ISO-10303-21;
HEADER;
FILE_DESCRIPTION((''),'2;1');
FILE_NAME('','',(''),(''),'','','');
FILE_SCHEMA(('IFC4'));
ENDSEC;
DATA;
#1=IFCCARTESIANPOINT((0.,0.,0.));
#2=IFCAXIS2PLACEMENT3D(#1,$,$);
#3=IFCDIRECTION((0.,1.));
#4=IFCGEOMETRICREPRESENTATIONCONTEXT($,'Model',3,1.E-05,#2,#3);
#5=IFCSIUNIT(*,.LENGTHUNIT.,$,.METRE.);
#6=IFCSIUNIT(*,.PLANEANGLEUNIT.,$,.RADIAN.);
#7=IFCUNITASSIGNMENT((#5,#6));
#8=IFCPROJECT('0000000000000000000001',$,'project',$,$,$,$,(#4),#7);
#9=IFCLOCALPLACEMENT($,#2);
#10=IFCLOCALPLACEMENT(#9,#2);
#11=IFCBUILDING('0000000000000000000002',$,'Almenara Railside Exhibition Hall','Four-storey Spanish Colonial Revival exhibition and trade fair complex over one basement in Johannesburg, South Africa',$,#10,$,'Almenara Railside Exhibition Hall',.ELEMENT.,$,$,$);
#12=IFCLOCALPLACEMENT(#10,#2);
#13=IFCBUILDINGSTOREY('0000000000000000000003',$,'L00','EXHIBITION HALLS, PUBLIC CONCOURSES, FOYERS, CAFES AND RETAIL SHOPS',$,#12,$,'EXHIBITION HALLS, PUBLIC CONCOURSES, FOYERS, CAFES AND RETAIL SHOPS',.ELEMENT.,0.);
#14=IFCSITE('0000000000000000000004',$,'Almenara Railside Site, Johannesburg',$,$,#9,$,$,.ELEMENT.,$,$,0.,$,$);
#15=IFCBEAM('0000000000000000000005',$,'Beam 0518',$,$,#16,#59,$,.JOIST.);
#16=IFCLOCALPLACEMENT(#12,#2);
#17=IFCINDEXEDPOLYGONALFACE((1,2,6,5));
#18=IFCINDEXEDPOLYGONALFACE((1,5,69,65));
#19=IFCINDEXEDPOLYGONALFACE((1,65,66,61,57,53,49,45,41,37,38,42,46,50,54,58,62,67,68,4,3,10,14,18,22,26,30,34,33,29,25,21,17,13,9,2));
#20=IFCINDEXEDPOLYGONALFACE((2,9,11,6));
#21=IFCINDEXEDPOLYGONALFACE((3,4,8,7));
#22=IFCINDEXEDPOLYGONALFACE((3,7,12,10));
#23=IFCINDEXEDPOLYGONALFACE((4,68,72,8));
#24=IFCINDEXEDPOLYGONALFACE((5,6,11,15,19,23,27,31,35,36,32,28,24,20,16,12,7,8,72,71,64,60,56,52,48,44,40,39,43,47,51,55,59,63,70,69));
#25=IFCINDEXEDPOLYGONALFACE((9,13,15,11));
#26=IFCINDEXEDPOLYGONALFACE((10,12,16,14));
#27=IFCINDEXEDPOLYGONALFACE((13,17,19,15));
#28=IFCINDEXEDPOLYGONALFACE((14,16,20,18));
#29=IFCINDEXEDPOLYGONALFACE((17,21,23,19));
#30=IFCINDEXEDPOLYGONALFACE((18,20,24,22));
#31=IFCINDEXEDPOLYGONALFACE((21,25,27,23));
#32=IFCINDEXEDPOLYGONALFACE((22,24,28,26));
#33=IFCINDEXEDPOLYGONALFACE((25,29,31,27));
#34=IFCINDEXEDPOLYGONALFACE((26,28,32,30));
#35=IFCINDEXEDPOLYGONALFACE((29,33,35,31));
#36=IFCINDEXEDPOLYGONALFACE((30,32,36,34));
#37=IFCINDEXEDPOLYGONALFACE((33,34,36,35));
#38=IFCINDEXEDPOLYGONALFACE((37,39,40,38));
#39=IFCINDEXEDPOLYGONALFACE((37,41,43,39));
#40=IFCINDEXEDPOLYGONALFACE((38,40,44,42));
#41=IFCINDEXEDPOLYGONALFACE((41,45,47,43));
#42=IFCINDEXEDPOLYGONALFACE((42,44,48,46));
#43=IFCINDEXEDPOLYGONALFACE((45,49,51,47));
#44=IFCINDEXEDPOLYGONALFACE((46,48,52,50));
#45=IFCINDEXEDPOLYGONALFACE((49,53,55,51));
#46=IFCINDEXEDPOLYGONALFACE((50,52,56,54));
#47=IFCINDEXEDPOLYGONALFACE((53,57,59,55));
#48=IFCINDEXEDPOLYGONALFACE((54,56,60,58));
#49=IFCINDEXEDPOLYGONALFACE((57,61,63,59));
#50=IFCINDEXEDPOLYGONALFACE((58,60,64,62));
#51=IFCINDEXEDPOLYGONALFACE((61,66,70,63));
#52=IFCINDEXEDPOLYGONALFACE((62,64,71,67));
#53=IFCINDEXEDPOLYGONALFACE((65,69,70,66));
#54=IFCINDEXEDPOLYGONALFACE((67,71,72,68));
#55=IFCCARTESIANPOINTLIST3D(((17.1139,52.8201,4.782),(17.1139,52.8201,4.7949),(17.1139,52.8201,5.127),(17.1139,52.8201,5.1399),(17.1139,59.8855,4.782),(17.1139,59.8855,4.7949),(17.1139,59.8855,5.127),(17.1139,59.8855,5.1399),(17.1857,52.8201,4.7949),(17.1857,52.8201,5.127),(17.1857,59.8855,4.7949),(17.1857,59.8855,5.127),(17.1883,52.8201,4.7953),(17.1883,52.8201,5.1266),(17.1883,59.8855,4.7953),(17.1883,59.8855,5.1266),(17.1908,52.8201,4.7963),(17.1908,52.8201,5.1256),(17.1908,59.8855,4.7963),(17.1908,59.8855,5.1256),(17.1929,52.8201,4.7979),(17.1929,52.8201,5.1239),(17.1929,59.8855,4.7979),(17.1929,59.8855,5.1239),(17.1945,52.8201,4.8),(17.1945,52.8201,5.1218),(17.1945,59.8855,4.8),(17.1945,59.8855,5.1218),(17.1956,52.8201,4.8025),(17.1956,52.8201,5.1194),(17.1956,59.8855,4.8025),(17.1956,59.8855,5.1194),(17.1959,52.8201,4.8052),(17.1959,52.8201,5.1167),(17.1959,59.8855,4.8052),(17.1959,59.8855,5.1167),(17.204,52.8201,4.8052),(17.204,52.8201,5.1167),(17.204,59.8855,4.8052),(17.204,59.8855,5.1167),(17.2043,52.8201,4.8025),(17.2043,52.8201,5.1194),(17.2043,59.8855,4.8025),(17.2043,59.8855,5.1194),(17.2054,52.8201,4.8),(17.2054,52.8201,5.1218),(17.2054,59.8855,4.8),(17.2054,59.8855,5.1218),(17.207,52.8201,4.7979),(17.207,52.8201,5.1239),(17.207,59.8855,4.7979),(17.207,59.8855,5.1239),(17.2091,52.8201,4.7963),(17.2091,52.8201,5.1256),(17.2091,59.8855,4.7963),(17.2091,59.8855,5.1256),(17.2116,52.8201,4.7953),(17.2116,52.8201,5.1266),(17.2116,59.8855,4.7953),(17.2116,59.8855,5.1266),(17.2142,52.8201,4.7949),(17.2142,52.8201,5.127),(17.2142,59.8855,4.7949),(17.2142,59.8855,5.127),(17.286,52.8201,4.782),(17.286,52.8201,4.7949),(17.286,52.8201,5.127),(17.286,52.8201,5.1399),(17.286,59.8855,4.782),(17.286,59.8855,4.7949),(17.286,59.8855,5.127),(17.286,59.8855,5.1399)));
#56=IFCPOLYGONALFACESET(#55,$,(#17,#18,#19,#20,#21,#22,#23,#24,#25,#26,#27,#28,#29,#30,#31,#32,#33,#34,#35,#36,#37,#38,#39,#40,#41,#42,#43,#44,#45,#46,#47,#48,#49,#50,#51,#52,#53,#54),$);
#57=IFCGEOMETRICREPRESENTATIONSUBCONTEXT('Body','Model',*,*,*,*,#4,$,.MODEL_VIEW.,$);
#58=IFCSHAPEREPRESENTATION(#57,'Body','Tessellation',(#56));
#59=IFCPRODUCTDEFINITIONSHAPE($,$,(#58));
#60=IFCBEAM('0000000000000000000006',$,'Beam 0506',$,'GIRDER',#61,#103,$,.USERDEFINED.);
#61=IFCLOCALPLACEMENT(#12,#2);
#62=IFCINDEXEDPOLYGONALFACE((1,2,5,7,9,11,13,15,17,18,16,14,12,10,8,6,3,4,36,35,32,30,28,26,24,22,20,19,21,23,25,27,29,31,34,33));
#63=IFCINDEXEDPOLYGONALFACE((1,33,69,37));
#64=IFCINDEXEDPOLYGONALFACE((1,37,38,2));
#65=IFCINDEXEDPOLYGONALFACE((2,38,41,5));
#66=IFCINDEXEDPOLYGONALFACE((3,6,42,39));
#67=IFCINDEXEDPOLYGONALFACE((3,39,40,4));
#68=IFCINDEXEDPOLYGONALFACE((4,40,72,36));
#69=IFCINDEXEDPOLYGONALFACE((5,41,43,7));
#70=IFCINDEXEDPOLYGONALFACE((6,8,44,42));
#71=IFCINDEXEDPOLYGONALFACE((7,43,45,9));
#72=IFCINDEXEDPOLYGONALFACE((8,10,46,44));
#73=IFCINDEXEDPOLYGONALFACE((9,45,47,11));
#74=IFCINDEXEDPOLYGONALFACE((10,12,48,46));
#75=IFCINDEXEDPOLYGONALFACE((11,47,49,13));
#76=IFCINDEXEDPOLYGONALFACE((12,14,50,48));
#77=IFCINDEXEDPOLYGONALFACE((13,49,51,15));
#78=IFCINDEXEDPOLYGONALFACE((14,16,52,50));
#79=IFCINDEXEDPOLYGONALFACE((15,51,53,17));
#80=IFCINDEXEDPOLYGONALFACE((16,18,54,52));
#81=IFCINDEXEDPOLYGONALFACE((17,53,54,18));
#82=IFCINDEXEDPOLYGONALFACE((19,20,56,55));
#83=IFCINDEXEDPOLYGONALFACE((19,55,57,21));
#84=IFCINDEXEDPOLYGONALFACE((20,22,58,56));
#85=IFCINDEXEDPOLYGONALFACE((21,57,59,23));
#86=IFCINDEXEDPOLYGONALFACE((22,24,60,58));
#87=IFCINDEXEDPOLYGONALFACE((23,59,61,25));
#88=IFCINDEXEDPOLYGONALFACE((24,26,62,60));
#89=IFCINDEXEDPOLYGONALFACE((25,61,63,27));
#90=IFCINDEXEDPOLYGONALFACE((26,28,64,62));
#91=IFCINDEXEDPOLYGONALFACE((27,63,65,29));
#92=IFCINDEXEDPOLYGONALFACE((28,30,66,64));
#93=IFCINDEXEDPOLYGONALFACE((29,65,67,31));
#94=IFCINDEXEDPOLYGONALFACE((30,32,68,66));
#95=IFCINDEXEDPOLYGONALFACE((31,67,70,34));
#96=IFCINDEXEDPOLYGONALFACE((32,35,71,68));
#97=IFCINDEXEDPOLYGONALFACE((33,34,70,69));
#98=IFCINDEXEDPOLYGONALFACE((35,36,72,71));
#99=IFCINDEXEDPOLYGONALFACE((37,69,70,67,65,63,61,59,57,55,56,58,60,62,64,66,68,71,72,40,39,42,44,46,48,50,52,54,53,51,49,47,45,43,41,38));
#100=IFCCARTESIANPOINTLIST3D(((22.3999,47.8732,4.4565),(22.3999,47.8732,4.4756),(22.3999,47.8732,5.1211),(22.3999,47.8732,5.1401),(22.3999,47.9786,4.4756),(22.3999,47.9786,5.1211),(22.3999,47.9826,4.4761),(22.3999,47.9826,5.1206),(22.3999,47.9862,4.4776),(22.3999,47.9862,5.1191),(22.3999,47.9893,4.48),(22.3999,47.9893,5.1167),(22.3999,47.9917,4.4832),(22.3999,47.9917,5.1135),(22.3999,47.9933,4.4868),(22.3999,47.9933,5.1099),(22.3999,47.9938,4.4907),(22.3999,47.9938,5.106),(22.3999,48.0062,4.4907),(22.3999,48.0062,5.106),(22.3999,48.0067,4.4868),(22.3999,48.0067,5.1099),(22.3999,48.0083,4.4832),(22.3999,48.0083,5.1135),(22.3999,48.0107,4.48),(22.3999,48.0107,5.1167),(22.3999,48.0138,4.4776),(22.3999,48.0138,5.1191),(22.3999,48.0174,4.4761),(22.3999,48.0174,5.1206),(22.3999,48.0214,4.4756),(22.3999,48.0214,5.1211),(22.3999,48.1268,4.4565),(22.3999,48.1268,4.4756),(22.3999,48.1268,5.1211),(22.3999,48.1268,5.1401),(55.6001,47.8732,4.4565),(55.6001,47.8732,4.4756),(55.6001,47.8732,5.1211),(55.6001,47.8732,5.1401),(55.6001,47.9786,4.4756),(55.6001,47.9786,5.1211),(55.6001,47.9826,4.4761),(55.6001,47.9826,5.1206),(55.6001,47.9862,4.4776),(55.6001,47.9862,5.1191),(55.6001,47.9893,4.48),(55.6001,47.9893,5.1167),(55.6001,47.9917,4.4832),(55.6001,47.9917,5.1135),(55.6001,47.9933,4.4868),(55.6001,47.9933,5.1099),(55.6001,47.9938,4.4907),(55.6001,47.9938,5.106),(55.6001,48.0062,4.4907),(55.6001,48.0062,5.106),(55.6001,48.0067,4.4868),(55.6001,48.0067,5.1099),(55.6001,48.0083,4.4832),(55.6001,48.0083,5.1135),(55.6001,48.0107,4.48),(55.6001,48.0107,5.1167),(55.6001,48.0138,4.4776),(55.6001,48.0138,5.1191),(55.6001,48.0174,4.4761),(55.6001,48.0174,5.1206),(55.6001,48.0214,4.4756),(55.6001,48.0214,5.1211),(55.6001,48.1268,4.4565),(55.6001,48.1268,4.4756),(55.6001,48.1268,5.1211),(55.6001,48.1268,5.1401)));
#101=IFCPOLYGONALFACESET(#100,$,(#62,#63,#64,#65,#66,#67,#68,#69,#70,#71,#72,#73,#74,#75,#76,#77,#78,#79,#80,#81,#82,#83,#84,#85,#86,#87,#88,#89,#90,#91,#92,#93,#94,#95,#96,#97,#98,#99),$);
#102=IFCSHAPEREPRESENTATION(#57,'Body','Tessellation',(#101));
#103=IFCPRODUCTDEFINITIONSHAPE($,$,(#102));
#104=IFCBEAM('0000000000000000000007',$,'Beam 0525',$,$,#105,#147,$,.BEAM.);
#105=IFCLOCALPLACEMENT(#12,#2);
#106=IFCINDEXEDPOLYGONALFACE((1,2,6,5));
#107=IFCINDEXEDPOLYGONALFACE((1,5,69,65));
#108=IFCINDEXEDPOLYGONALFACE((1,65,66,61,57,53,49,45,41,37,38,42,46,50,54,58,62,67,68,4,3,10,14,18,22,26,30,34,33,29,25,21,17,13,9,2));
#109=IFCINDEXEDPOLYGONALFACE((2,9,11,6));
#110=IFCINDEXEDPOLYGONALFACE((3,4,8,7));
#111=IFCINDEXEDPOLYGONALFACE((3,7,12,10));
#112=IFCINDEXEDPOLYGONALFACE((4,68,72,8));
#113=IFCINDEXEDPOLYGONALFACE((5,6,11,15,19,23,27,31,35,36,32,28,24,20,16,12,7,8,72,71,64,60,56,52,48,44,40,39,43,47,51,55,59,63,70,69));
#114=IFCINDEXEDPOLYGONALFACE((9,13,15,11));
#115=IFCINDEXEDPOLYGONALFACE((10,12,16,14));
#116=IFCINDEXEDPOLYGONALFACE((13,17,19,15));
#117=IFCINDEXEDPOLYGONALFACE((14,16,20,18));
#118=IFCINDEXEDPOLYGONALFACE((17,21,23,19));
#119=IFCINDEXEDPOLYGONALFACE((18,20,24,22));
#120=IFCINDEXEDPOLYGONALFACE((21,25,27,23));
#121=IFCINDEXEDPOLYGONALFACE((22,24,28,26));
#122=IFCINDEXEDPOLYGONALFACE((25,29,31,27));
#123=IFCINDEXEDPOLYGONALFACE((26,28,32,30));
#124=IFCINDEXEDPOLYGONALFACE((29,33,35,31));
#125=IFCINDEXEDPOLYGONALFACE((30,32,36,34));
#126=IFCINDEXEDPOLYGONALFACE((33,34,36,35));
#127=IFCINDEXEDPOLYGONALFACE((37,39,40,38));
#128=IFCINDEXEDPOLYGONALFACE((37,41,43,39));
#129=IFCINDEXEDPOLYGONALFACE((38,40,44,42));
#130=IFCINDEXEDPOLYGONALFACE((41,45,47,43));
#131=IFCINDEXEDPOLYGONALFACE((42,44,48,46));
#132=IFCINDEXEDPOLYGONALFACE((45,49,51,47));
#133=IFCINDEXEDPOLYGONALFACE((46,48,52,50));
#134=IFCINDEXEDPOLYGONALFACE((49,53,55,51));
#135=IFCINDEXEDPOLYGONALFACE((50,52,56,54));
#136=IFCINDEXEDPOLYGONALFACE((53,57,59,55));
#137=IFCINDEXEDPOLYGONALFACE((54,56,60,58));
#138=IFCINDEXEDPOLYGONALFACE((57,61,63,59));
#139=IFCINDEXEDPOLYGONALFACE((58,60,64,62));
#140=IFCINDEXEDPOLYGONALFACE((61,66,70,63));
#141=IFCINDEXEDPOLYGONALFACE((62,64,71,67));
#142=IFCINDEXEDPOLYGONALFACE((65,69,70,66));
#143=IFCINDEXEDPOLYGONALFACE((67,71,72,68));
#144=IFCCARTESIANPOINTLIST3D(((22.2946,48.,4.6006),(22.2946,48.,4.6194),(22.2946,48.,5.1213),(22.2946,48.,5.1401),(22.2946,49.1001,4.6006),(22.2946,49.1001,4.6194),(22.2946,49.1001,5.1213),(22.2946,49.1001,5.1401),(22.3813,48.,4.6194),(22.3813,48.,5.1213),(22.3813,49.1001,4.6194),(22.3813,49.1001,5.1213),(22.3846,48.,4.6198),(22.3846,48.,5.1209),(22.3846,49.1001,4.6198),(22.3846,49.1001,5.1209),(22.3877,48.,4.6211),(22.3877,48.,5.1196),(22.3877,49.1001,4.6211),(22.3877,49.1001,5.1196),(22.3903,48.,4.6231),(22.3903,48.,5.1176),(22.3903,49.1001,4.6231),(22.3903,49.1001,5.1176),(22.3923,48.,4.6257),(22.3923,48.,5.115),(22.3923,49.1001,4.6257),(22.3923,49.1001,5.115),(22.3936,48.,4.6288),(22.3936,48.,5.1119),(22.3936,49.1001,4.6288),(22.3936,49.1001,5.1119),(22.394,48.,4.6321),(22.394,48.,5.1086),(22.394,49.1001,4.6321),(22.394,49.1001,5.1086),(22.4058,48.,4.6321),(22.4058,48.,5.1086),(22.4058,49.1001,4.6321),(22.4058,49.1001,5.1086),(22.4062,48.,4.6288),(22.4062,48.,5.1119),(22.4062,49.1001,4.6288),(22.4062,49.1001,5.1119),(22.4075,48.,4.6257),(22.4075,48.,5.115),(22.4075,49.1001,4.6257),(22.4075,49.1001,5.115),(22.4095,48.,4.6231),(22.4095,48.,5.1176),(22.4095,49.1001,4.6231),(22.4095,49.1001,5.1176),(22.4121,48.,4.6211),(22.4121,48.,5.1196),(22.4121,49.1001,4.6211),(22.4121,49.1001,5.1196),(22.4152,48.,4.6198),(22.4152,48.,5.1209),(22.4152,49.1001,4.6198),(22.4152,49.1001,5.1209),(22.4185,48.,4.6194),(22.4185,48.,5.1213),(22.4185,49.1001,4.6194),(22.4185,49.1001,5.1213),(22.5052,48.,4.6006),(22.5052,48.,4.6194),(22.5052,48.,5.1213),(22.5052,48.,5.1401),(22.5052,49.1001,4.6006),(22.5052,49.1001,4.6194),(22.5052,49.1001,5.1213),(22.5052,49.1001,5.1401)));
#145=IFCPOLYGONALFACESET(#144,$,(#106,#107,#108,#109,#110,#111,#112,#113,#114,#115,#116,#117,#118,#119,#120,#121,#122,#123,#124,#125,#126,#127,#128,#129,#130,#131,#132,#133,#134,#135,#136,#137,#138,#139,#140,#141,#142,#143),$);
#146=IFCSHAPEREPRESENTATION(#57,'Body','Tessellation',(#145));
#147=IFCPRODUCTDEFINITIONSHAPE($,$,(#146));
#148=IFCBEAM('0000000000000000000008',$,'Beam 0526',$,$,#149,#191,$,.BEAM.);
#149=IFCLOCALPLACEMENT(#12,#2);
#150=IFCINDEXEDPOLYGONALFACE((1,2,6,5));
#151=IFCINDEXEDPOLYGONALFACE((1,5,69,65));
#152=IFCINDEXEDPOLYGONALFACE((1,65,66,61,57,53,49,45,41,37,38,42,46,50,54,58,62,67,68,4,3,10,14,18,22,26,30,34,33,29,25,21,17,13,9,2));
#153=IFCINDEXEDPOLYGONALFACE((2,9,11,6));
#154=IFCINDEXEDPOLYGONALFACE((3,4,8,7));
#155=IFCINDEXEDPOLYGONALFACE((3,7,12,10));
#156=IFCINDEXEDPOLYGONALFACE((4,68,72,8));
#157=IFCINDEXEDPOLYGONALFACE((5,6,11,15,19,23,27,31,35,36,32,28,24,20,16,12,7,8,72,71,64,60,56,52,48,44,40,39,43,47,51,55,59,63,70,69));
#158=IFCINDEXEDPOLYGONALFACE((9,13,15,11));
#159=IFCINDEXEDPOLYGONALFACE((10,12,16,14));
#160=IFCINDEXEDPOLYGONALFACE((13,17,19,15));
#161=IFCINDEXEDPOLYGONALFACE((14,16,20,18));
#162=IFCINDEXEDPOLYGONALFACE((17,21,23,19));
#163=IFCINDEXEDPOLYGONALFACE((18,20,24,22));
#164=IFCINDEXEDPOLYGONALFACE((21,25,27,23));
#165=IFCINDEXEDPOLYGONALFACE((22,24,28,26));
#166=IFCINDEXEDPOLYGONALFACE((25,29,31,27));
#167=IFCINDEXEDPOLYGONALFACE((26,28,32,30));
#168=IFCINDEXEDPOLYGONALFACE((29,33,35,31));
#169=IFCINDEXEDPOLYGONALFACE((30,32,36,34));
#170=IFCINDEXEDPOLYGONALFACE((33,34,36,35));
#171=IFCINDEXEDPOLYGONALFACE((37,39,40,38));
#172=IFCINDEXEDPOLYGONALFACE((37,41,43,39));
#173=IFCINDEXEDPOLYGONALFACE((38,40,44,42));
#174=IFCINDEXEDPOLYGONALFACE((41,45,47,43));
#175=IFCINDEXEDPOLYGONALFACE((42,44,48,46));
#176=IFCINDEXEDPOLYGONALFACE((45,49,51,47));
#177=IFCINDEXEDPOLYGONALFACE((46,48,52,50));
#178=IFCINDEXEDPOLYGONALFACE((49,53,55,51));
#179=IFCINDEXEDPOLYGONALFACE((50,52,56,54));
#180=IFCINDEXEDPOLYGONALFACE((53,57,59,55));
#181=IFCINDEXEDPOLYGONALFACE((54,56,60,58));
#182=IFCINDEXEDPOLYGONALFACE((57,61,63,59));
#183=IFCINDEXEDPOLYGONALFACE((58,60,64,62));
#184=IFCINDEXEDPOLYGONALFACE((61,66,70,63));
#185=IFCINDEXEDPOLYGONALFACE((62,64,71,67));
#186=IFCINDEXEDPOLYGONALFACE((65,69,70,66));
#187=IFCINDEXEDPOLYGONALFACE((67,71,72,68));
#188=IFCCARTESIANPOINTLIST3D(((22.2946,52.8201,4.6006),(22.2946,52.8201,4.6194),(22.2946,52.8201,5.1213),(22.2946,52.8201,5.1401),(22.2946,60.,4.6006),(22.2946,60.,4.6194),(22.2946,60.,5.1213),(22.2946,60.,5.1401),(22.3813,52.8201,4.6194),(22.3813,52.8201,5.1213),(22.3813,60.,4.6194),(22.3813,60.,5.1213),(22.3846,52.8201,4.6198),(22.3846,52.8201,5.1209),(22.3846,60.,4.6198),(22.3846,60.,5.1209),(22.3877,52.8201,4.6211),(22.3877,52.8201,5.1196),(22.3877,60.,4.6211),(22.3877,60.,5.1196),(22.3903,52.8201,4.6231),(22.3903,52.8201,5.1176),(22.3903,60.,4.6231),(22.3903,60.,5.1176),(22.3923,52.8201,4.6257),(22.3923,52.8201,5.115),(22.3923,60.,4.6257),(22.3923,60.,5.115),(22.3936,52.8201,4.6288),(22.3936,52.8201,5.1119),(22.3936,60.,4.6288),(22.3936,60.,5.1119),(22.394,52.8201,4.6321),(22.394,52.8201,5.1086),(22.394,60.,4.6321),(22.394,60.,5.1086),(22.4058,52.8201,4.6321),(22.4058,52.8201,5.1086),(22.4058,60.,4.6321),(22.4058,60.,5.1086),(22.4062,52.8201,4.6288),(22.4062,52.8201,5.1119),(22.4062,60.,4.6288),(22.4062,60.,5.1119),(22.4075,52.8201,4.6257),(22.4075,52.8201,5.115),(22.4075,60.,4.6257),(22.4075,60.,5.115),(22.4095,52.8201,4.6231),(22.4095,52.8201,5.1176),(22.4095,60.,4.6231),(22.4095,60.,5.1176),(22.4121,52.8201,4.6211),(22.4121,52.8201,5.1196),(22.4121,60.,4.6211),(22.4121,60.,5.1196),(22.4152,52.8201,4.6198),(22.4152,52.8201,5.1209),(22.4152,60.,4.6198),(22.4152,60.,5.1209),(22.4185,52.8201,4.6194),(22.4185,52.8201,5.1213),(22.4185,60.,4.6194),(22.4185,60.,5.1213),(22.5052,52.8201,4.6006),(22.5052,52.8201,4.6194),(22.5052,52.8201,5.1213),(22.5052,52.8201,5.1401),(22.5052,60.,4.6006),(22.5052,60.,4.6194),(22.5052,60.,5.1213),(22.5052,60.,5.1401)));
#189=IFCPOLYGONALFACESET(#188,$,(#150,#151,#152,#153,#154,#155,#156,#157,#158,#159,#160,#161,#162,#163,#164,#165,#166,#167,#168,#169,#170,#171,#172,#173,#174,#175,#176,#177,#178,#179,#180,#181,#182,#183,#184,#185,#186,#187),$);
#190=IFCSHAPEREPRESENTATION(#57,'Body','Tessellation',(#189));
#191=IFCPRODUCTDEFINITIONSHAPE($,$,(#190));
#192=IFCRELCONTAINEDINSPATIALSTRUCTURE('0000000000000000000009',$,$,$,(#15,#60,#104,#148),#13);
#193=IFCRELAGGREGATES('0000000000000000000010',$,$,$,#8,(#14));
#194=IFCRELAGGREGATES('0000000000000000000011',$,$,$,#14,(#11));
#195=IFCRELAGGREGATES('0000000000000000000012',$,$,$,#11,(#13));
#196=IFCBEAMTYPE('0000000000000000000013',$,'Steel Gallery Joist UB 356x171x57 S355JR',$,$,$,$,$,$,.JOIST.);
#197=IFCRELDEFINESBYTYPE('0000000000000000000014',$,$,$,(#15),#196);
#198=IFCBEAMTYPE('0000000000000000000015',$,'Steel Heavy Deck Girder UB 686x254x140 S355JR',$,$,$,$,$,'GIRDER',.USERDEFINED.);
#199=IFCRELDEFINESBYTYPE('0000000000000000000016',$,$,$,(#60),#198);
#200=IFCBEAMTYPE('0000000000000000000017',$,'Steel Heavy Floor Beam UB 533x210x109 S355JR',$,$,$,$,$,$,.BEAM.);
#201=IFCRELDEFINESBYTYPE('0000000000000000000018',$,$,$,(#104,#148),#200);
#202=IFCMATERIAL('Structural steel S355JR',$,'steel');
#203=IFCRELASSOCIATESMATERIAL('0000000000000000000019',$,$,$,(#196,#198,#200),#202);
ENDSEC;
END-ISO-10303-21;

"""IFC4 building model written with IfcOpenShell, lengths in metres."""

from ifc_helpers import new_model, si_unit, direction, frame, origin, origin_2d, place, context, subcontext, project, spatial, i_section, extrude, material, material_profile, profile_set, type_object, element, save


model = new_model("IFC4")

# Units and contexts
model_context = context("Model", 3, precision=1e-05, world=origin(), true_north=direction((0.0, 1.0)))
body_context = subcontext(model_context, "Body", "Model", "MODEL_VIEW")
ifc_project = project(units=[si_unit("LENGTHUNIT", "METRE"), si_unit("PLANEANGLEUNIT", "RADIAN")], contexts=[model_context])

# Site, building, storey
site_placement = place(None, origin())
site = spatial("IfcSite", under=ifc_project, at=site_placement, Name="Almenara Railside Site, Johannesburg", CompositionType="ELEMENT", RefElevation=0.0)
building_placement = place(site_placement, origin())
building = spatial("IfcBuilding", under=site, at=building_placement, Name="Almenara Railside Exhibition Hall", Description="Four-storey Spanish Colonial Revival exhibition and trade fair complex over one basement in Johannesburg, South Africa", LongName="Almenara Railside Exhibition Hall", CompositionType="ELEMENT")
storey_placement = place(building_placement, origin())
storey = spatial("IfcBuildingStorey", under=building, at=storey_placement, Name="L00", Description="EXHIBITION HALLS, PUBLIC CONCOURSES, FOYERS, CAFES AND RETAIL SHOPS", LongName="EXHIBITION HALLS, PUBLIC CONCOURSES, FOYERS, CAFES AND RETAIL SHOPS", CompositionType="ELEMENT", Elevation=0.0)

# Beams
ifc_material_1 = material(Name="Structural steel S355JR", Category="steel")
ifc_material_profile_1 = material_profile(ifc_material_1, i_section(OverallWidth=0.1721, OverallDepth=0.3579, WebThickness=0.0081, FlangeThickness=0.0129, FilletRadius=0.0103, at=origin_2d()), Name="UB 356x171x57")
ifc_profile_set_1 = profile_set([ifc_material_profile_1], Name="Structural steel S355JR")
beam_type_1 = type_object("IfcBeamType", Name="Steel Gallery Joist UB 356x171x57 S355JR", PredefinedType="JOIST", material=ifc_profile_set_1)
beam_1_placement = place(storey_placement, frame((17.2, 52.8201, 4.9609), z_axis=(0.0, 1.0, 0.0), x_axis=(-1.0, 0.0, 0.0)))
element("IfcBeam", 1, at=beam_1_placement, inside=storey, type_object=beam_type_1, Name="Beam 0518", PredefinedType="JOIST", context=body_context, shape_type="SweptSolid", body=[
    extrude(i_section(OverallWidth=0.1721, OverallDepth=0.3579, WebThickness=0.0081, FlangeThickness=0.0129, FilletRadius=0.0103, at=origin_2d()), origin(), (0.0, 0.0, 1.0), 7.0654),
])
ifc_material_profile_2 = material_profile(ifc_material_1, i_section(OverallWidth=0.2537, OverallDepth=0.6836, WebThickness=0.0125, FlangeThickness=0.019, FilletRadius=0.0151, at=origin_2d()), Name="UB 686x254x140")
ifc_profile_set_2 = profile_set([ifc_material_profile_2], Name="Structural steel S355JR")
beam_type_2 = type_object("IfcBeamType", Name="Steel Heavy Deck Girder UB 686x254x140 S355JR", ElementType="GIRDER", PredefinedType="USERDEFINED", material=ifc_profile_set_2)
beam_2_placement = place(storey_placement, frame((22.3999, 48.0, 4.7983), z_axis=(1.0, 0.0, 0.0), x_axis=(0.0, 1.0, 0.0)))
element("IfcBeam", 2, at=beam_2_placement, inside=storey, type_object=beam_type_2, Name="Beam 0506", ObjectType="GIRDER", PredefinedType="USERDEFINED", context=body_context, shape_type="SweptSolid", body=[
    extrude(i_section(OverallWidth=0.2537, OverallDepth=0.6836, WebThickness=0.0125, FlangeThickness=0.019, FilletRadius=0.0151, at=origin_2d()), origin(), (0.0, 0.0, 1.0), 33.2002),
])
ifc_material_profile_3 = material_profile(ifc_material_1, i_section(OverallWidth=0.2107, OverallDepth=0.5396, WebThickness=0.0117, FlangeThickness=0.0188, FilletRadius=0.0127, at=origin_2d()), Name="UB 533x210x109")
ifc_profile_set_3 = profile_set([ifc_material_profile_3], Name="Structural steel S355JR")
beam_type_3 = type_object("IfcBeamType", Name="Steel Heavy Floor Beam UB 533x210x109 S355JR", PredefinedType="BEAM", material=ifc_profile_set_3)
beam_3_placement = place(storey_placement, frame((22.3999, 48.0, 4.8704), z_axis=(0.0, 1.0, 0.0), x_axis=(-1.0, 0.0, 0.0)))
element("IfcBeam", 3, at=beam_3_placement, inside=storey, type_object=beam_type_3, Name="Beam 0525", PredefinedType="BEAM", context=body_context, shape_type="SweptSolid", body=[
    extrude(i_section(OverallWidth=0.2107, OverallDepth=0.5396, WebThickness=0.0117, FlangeThickness=0.0188, FilletRadius=0.0127, at=origin_2d()), origin(), (0.0, 0.0, 1.0), 1.1001),
])
beam_4_placement = place(storey_placement, frame((22.3999, 52.8201, 4.8704), z_axis=(0.0, 1.0, 0.0), x_axis=(-1.0, 0.0, 0.0)))
element("IfcBeam", 4, at=beam_4_placement, inside=storey, type_object=beam_type_3, Name="Beam 0526", PredefinedType="BEAM", context=body_context, shape_type="SweptSolid", body=[
    extrude(i_section(OverallWidth=0.2107, OverallDepth=0.5396, WebThickness=0.0117, FlangeThickness=0.0188, FilletRadius=0.0127, at=origin_2d()), origin(), (0.0, 0.0, 1.0), 7.1799),
])

save(model, "model.ifc")
